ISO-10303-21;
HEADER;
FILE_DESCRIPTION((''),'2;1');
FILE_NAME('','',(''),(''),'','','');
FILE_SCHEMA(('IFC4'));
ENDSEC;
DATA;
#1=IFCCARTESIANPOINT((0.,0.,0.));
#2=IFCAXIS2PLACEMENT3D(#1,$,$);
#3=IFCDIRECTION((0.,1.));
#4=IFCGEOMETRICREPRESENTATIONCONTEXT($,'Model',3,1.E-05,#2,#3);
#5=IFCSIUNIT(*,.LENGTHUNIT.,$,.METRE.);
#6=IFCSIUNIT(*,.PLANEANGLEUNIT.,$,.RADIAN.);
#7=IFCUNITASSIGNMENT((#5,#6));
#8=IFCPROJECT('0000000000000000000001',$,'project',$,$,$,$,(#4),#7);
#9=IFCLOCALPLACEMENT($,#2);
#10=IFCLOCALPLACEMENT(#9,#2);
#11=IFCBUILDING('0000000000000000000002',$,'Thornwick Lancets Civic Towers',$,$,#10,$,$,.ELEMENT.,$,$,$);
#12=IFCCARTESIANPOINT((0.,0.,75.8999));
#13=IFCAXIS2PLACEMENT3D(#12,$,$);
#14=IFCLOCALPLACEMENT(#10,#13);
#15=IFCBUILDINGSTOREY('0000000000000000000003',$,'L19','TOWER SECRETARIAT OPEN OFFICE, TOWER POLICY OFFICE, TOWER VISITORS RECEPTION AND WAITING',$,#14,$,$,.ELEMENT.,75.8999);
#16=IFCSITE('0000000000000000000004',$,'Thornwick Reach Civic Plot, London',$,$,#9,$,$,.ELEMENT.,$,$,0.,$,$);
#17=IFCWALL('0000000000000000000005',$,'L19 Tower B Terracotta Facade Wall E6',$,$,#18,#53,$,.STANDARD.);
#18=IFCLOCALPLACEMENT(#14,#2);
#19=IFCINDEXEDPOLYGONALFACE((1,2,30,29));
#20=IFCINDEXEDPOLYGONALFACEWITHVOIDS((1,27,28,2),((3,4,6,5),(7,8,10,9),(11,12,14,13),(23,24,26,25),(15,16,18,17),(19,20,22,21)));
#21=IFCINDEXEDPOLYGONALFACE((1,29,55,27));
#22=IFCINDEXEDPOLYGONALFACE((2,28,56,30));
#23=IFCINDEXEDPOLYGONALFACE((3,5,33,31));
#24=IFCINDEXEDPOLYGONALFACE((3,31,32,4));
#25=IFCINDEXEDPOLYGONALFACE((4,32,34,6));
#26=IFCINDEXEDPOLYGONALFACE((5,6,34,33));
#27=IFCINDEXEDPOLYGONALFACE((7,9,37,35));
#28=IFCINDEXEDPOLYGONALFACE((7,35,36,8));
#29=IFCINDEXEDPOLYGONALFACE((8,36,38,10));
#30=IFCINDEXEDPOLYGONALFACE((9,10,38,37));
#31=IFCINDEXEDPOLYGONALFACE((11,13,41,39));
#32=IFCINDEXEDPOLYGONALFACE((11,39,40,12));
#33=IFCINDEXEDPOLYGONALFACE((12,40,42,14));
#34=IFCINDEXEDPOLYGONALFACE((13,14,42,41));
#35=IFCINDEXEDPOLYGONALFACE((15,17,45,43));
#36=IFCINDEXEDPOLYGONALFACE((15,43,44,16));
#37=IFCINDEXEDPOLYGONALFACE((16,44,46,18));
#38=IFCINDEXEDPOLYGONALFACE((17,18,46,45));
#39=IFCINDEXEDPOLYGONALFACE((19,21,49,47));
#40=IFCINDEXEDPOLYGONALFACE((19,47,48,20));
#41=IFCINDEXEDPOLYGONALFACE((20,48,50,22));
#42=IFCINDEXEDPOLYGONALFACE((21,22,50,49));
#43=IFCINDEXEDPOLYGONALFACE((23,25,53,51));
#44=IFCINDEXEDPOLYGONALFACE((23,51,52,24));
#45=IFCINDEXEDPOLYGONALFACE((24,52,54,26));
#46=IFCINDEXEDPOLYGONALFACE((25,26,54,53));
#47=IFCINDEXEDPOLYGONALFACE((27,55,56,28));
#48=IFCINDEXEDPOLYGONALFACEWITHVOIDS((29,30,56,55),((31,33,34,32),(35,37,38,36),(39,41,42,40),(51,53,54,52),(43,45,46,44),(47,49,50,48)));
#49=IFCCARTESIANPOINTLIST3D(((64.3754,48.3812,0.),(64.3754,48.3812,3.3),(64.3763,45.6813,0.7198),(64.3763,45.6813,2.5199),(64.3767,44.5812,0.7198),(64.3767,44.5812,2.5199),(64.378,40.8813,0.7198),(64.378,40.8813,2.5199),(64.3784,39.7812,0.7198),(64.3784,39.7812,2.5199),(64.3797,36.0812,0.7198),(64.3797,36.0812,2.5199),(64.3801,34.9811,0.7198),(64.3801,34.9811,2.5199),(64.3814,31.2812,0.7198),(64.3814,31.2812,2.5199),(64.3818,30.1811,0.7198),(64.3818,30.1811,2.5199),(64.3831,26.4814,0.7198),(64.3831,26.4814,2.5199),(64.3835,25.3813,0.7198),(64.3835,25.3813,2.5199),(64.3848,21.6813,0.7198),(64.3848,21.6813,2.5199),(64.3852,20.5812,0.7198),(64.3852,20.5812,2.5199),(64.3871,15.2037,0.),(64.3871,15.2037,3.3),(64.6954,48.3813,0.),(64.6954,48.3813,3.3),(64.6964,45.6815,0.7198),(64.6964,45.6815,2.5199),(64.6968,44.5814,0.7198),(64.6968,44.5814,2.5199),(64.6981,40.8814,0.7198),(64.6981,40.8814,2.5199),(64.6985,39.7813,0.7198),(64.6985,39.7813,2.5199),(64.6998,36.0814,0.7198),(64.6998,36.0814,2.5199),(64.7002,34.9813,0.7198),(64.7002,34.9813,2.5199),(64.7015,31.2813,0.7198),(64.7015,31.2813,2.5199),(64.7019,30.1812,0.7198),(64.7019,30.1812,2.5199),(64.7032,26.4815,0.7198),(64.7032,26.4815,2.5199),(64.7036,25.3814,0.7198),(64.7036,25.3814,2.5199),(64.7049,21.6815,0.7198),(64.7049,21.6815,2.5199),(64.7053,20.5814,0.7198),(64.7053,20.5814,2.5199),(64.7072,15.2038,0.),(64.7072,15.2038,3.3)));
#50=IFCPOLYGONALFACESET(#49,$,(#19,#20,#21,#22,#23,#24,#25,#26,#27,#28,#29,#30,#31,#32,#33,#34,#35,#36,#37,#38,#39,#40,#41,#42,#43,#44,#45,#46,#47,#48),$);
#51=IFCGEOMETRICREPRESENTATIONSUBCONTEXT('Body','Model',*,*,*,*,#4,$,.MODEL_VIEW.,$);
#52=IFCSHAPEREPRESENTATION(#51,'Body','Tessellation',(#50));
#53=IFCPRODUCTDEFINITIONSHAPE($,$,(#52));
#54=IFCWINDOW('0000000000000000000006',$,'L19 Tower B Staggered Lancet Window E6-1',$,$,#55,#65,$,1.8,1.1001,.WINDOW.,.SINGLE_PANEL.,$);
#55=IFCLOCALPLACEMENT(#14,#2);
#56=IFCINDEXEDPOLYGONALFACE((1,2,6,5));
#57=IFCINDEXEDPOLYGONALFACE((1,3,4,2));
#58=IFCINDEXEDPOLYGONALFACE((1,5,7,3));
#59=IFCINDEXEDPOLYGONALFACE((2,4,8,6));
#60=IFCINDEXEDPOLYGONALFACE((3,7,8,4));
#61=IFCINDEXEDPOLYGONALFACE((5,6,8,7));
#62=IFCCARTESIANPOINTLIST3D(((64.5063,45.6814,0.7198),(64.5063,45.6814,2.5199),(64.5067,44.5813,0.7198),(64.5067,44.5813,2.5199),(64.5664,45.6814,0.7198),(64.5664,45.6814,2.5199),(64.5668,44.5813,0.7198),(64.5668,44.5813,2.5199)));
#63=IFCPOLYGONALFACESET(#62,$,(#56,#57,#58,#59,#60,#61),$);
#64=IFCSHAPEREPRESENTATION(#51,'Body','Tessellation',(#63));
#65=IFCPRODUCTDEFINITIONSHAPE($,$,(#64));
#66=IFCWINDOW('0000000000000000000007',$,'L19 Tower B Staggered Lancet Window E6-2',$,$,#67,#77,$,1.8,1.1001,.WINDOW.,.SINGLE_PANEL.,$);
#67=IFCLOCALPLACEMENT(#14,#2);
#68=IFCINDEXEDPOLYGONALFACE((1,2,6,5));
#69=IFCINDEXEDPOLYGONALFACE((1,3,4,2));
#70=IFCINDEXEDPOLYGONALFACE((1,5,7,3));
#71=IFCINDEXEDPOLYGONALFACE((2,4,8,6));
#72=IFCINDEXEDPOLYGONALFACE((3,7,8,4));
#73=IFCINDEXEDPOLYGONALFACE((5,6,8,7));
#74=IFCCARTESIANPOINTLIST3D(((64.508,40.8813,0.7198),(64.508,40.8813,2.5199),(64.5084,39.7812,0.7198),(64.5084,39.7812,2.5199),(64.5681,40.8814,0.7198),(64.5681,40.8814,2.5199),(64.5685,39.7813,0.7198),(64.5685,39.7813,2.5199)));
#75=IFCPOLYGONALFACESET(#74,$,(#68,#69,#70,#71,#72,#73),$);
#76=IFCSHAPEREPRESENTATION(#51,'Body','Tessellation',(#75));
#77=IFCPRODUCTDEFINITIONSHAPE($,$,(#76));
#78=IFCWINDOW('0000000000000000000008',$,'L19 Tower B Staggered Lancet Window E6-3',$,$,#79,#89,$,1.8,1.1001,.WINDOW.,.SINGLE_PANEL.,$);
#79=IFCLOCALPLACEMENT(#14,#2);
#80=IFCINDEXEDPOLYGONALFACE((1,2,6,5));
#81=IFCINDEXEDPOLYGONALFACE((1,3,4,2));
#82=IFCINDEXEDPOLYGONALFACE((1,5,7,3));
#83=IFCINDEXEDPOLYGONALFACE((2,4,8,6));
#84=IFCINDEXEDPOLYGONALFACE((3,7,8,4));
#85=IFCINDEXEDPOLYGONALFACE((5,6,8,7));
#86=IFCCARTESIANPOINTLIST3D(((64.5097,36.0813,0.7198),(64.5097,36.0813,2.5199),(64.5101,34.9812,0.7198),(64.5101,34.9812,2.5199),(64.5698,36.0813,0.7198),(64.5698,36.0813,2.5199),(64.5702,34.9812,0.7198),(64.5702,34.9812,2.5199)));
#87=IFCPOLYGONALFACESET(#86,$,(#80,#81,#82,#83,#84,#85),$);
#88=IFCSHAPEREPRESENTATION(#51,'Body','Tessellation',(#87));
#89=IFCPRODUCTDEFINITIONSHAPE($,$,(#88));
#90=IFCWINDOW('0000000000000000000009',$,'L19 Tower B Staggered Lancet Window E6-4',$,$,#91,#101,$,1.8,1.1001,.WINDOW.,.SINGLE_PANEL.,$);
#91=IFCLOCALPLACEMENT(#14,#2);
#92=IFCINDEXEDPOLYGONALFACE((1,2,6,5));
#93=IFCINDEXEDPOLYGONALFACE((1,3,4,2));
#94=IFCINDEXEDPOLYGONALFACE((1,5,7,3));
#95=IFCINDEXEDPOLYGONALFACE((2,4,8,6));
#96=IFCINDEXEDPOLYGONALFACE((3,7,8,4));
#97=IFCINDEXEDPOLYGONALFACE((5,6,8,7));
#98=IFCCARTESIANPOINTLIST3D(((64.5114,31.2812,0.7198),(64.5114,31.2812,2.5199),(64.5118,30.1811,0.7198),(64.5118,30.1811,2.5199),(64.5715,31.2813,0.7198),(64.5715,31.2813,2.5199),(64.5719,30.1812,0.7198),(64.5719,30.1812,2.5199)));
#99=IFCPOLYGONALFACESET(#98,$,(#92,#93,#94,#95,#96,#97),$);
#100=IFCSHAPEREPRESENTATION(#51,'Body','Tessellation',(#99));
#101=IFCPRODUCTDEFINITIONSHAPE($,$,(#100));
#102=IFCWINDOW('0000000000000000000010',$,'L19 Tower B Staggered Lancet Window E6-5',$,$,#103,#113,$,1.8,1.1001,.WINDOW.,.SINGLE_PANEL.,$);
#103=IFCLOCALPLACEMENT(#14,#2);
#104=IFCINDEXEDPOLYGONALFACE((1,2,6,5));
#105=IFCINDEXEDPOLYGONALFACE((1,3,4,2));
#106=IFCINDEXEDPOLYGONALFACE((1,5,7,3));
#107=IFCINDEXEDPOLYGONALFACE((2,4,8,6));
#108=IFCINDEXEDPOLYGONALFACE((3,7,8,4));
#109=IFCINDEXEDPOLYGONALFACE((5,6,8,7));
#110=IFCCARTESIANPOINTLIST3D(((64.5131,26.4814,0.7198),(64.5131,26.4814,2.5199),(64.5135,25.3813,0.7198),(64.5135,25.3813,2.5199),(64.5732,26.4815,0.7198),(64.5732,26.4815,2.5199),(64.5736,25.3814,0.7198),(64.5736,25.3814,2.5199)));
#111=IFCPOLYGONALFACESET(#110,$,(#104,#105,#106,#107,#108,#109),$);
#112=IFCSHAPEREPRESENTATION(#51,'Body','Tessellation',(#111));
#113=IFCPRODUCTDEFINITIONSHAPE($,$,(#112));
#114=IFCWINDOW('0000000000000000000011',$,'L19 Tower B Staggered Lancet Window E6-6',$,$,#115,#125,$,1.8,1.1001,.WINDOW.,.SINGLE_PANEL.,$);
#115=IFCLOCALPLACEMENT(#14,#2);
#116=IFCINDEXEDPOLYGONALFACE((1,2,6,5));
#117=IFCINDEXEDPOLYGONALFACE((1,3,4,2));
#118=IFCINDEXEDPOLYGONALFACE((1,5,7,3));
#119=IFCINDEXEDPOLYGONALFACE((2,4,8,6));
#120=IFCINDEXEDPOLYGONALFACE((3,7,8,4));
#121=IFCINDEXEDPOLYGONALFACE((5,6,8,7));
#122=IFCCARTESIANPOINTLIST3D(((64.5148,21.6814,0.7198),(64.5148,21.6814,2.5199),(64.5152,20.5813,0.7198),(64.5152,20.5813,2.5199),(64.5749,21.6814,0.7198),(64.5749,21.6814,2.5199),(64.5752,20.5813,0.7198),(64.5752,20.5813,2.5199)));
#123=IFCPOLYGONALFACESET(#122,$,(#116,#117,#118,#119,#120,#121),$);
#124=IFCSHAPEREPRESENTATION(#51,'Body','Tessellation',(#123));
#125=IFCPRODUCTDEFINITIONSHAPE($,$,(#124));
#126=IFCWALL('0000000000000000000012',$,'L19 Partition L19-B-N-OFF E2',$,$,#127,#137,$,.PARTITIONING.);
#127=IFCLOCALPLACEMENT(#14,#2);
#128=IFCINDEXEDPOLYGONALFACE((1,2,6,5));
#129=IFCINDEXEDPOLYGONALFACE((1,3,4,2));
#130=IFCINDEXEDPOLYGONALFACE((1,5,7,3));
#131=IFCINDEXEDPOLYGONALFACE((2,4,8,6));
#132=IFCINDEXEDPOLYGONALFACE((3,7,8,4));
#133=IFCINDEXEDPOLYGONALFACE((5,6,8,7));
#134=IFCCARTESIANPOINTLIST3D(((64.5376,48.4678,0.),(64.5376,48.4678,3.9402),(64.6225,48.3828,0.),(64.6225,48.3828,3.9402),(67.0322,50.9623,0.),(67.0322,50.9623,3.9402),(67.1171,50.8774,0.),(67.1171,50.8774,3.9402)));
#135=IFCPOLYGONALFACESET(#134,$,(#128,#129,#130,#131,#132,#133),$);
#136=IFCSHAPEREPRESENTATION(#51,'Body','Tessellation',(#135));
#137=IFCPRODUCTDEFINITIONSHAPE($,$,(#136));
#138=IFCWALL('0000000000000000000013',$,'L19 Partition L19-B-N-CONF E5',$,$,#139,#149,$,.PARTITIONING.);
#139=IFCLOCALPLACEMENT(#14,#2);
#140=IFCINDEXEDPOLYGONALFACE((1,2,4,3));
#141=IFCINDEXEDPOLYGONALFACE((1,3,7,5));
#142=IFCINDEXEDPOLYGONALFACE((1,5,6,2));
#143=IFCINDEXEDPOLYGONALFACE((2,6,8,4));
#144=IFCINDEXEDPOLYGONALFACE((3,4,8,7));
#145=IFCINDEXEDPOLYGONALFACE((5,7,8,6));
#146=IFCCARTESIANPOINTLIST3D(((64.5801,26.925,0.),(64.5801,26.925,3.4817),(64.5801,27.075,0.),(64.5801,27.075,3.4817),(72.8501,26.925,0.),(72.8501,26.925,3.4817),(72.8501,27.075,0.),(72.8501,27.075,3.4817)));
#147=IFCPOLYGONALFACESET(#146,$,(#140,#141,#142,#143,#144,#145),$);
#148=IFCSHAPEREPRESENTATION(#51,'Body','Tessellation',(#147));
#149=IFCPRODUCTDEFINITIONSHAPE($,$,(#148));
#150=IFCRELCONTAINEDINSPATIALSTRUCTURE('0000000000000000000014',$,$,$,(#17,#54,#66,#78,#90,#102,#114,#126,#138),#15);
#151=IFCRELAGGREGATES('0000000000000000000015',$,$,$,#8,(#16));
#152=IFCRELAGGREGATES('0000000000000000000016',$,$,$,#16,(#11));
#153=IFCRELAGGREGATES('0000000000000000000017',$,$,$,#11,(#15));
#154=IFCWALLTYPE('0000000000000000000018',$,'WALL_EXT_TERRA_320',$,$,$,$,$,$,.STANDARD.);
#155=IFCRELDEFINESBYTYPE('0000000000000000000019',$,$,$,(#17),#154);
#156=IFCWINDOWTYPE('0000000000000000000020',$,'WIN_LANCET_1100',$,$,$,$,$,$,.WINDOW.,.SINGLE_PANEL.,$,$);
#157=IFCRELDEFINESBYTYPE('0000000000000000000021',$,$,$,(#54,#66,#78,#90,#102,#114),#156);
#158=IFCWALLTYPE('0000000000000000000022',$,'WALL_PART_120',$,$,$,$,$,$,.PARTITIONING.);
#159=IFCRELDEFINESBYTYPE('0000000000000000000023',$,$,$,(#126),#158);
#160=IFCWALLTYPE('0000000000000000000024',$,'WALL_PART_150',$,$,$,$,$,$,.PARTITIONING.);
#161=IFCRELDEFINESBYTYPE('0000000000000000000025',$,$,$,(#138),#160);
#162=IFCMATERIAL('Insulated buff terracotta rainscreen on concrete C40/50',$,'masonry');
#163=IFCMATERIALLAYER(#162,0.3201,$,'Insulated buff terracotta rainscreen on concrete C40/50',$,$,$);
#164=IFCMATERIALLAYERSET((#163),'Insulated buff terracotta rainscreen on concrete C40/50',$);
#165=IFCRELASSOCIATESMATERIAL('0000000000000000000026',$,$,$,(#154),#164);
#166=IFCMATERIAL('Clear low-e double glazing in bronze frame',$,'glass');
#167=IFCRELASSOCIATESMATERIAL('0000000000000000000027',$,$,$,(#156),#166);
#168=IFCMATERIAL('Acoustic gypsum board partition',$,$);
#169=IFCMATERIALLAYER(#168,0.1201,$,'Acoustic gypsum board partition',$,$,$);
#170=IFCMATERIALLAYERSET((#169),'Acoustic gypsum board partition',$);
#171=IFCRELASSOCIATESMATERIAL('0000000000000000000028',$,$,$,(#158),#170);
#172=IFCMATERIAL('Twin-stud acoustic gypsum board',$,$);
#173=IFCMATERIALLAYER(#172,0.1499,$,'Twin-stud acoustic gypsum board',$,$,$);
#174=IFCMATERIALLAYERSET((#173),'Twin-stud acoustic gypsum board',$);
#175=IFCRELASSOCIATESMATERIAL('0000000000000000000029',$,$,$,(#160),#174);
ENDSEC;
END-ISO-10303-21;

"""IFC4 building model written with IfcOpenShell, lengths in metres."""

from ifc_helpers import new_model, si_unit, direction, frame, frame_2d, origin, place, context, subcontext, project, spatial, rectangle, extrude, material, layer, layer_set, type_object, element, fill, save


model = new_model("IFC4")

# Units and contexts
model_context = context("Model", 3, precision=1e-05, world=origin(), true_north=direction((0.0, 1.0)))
body_context = subcontext(model_context, "Body", "Model", "MODEL_VIEW")
ifc_project = project(units=[si_unit("LENGTHUNIT", "METRE"), si_unit("PLANEANGLEUNIT", "RADIAN")], contexts=[model_context])

# Site, building, storey
site_placement = place(None, origin())
site = spatial("IfcSite", under=ifc_project, at=site_placement, Name="Thornwick Reach Civic Plot, London", CompositionType="ELEMENT", RefElevation=0.0)
building_placement = place(site_placement, origin())
building = spatial("IfcBuilding", under=site, at=building_placement, Name="Thornwick Lancets Civic Towers", CompositionType="ELEMENT")
storey_placement = place(building_placement, frame((0.0, 0.0, 75.8999)))
storey = spatial("IfcBuildingStorey", under=building, at=storey_placement, Name="L19", Description="TOWER SECRETARIAT OPEN OFFICE, TOWER POLICY OFFICE, TOWER VISITORS RECEPTION AND WAITING", CompositionType="ELEMENT", Elevation=75.8999)

# Wall, openings, windows
ifc_material_1 = material(Name="Insulated buff terracotta rainscreen on concrete C40/50", Category="masonry")
ifc_layer_1 = layer(ifc_material_1, 0.3201, Name="Insulated buff terracotta rainscreen on concrete C40/50")
ifc_layer_set_1 = layer_set([ifc_layer_1], Name="Insulated buff terracotta rainscreen on concrete C40/50")
wall_type_1 = type_object("IfcWallType", Name="WALL_EXT_TERRA_320", PredefinedType="STANDARD", material=ifc_layer_set_1)
wall_1_placement = place(storey_placement, frame((64.5354, 48.3813, 0.0), z_axis=(0.0, 0.0, 1.0), x_axis=(0.000353, -1.0, 0.0)))
wall_1 = element("IfcWall", 1, at=wall_1_placement, inside=storey, type_object=wall_type_1, Name="L19 Tower B Terracotta Facade Wall E6", PredefinedType="STANDARD", context=body_context, shape_type="SweptSolid", body=[
    extrude(rectangle(XDim=33.1775, YDim=0.3201, at=frame_2d((16.5889, 0.0))), origin(), (0.0, 0.0, 1.0), 3.3),
])
opening_1_placement = place(wall_1_placement, frame((2.7, 0.0, 0.72)))
opening_1 = element("IfcOpeningElement", 2, at=opening_1_placement, cuts=wall_1, PredefinedType="OPENING", context=body_context, shape_type="SweptSolid", body=[
    extrude(rectangle(XDim=1.1001, YDim=1.8, at=frame_2d((0.55, 0.8999))), frame((0.0, 0.1699, 0.0), z_axis=(0.0, -1.0, 0.0), x_axis=(1.0, 0.0, 0.0)), (0.0, 0.0, 1.0), 0.3401),
])
opening_2_placement = place(wall_1_placement, frame((7.5, 0.0, 0.72)))
opening_2 = element("IfcOpeningElement", 3, at=opening_2_placement, cuts=wall_1, PredefinedType="OPENING", context=body_context, shape_type="SweptSolid", body=[
    extrude(rectangle(XDim=1.1001, YDim=1.8, at=frame_2d((0.55, 0.8999))), frame((0.0, 0.1699, 0.0), z_axis=(0.0, -1.0, 0.0), x_axis=(1.0, 0.0, 0.0)), (0.0, 0.0, 1.0), 0.3401),
])
opening_3_placement = place(wall_1_placement, frame((12.3, 0.0, 0.72)))
opening_3 = element("IfcOpeningElement", 4, at=opening_3_placement, cuts=wall_1, PredefinedType="OPENING", context=body_context, shape_type="SweptSolid", body=[
    extrude(rectangle(XDim=1.1001, YDim=1.8, at=frame_2d((0.55, 0.8999))), frame((0.0, 0.1699, 0.0), z_axis=(0.0, -1.0, 0.0), x_axis=(1.0, 0.0, 0.0)), (0.0, 0.0, 1.0), 0.3401),
])
opening_4_placement = place(wall_1_placement, frame((17.1001, 0.0, 0.72)))
opening_4 = element("IfcOpeningElement", 5, at=opening_4_placement, cuts=wall_1, PredefinedType="OPENING", context=body_context, shape_type="SweptSolid", body=[
    extrude(rectangle(XDim=1.1001, YDim=1.8, at=frame_2d((0.55, 0.8999))), frame((0.0, 0.1699, 0.0), z_axis=(0.0, -1.0, 0.0), x_axis=(1.0, 0.0, 0.0)), (0.0, 0.0, 1.0), 0.3401),
])
opening_5_placement = place(wall_1_placement, frame((21.8999, 0.0, 0.72)))
opening_5 = element("IfcOpeningElement", 6, at=opening_5_placement, cuts=wall_1, PredefinedType="OPENING", context=body_context, shape_type="SweptSolid", body=[
    extrude(rectangle(XDim=1.1001, YDim=1.8, at=frame_2d((0.55, 0.8999))), frame((0.0, 0.1699, 0.0), z_axis=(0.0, -1.0, 0.0), x_axis=(1.0, 0.0, 0.0)), (0.0, 0.0, 1.0), 0.3401),
])
opening_6_placement = place(wall_1_placement, frame((26.7, 0.0, 0.72)))
opening_6 = element("IfcOpeningElement", 7, at=opening_6_placement, cuts=wall_1, PredefinedType="OPENING", context=body_context, shape_type="SweptSolid", body=[
    extrude(rectangle(XDim=1.1001, YDim=1.8, at=frame_2d((0.55, 0.8999))), frame((0.0, 0.1699, 0.0), z_axis=(0.0, -1.0, 0.0), x_axis=(1.0, 0.0, 0.0)), (0.0, 0.0, 1.0), 0.3401),
])
ifc_material_2 = material(Name="Clear low-e double glazing in bronze frame", Category="glass")
window_type = type_object("IfcWindowType", Name="WIN_LANCET_1100", PartitioningType="SINGLE_PANEL", PredefinedType="WINDOW", material=ifc_material_2)
window_1_placement = place(opening_1_placement, origin())
window_1 = element("IfcWindow", 8, at=window_1_placement, inside=storey, type_object=window_type, Name="L19 Tower B Staggered Lancet Window E6-1", OverallHeight=1.8, OverallWidth=1.1001, PartitioningType="SINGLE_PANEL", PredefinedType="WINDOW", context=body_context, shape_type="SweptSolid", body=[
    extrude(rectangle(XDim=1.1001, YDim=1.8, at=frame_2d((0.55, 0.8999))), frame((0.0, 0.03, 0.0), z_axis=(0.0, -1.0, 0.0), x_axis=(1.0, 0.0, 0.0)), (0.0, 0.0, 1.0), 0.0601),
])
fill(opening_1, window_1)
window_2_placement = place(opening_2_placement, origin())
window_2 = element("IfcWindow", 9, at=window_2_placement, inside=storey, type_object=window_type, Name="L19 Tower B Staggered Lancet Window E6-2", OverallHeight=1.8, OverallWidth=1.1001, PartitioningType="SINGLE_PANEL", PredefinedType="WINDOW", context=body_context, shape_type="SweptSolid", body=[
    extrude(rectangle(XDim=1.1001, YDim=1.8, at=frame_2d((0.55, 0.8999))), frame((0.0, 0.03, 0.0), z_axis=(0.0, -1.0, 0.0), x_axis=(1.0, 0.0, 0.0)), (0.0, 0.0, 1.0), 0.0601),
])
fill(opening_2, window_2)
window_3_placement = place(opening_3_placement, origin())
window_3 = element("IfcWindow", 10, at=window_3_placement, inside=storey, type_object=window_type, Name="L19 Tower B Staggered Lancet Window E6-3", OverallHeight=1.8, OverallWidth=1.1001, PartitioningType="SINGLE_PANEL", PredefinedType="WINDOW", context=body_context, shape_type="SweptSolid", body=[
    extrude(rectangle(XDim=1.1001, YDim=1.8, at=frame_2d((0.55, 0.8999))), frame((0.0, 0.03, 0.0), z_axis=(0.0, -1.0, 0.0), x_axis=(1.0, 0.0, 0.0)), (0.0, 0.0, 1.0), 0.0601),
])
fill(opening_3, window_3)
window_4_placement = place(opening_4_placement, origin())
window_4 = element("IfcWindow", 11, at=window_4_placement, inside=storey, type_object=window_type, Name="L19 Tower B Staggered Lancet Window E6-4", OverallHeight=1.8, OverallWidth=1.1001, PartitioningType="SINGLE_PANEL", PredefinedType="WINDOW", context=body_context, shape_type="SweptSolid", body=[
    extrude(rectangle(XDim=1.1001, YDim=1.8, at=frame_2d((0.55, 0.8999))), frame((0.0, 0.03, 0.0), z_axis=(0.0, -1.0, 0.0), x_axis=(1.0, 0.0, 0.0)), (0.0, 0.0, 1.0), 0.0601),
])
fill(opening_4, window_4)
window_5_placement = place(opening_5_placement, origin())
window_5 = element("IfcWindow", 12, at=window_5_placement, inside=storey, type_object=window_type, Name="L19 Tower B Staggered Lancet Window E6-5", OverallHeight=1.8, OverallWidth=1.1001, PartitioningType="SINGLE_PANEL", PredefinedType="WINDOW", context=body_context, shape_type="SweptSolid", body=[
    extrude(rectangle(XDim=1.1001, YDim=1.8, at=frame_2d((0.55, 0.8999))), frame((0.0, 0.03, 0.0), z_axis=(0.0, -1.0, 0.0), x_axis=(1.0, 0.0, 0.0)), (0.0, 0.0, 1.0), 0.0601),
])
fill(opening_5, window_5)
window_6_placement = place(opening_6_placement, origin())
window_6 = element("IfcWindow", 13, at=window_6_placement, inside=storey, type_object=window_type, Name="L19 Tower B Staggered Lancet Window E6-6", OverallHeight=1.8, OverallWidth=1.1001, PartitioningType="SINGLE_PANEL", PredefinedType="WINDOW", context=body_context, shape_type="SweptSolid", body=[
    extrude(rectangle(XDim=1.1001, YDim=1.8, at=frame_2d((0.55, 0.8999))), frame((0.0, 0.03, 0.0), z_axis=(0.0, -1.0, 0.0), x_axis=(1.0, 0.0, 0.0)), (0.0, 0.0, 1.0), 0.0601),
])
fill(opening_6, window_6)

# Walls
ifc_material_3 = material(Name="Acoustic gypsum board partition")
ifc_layer_2 = layer(ifc_material_3, 0.1201, Name="Acoustic gypsum board partition")
ifc_layer_set_2 = layer_set([ifc_layer_2], Name="Acoustic gypsum board partition")
wall_type_2 = type_object("IfcWallType", Name="WALL_PART_120", PredefinedType="PARTITIONING", material=ifc_layer_set_2)
wall_2_placement = place(storey_placement, frame((64.5801, 48.4253, 0.0), z_axis=(0.0, 0.0, 1.0), x_axis=(0.707107, 0.707107, 0.0)))
element("IfcWall", 14, at=wall_2_placement, inside=storey, type_object=wall_type_2, Name="L19 Partition L19-B-N-OFF E2", PredefinedType="PARTITIONING", context=body_context, shape_type="SweptSolid", body=[
    extrude(rectangle(XDim=3.5278, YDim=0.1201, at=frame_2d((1.7639, 0.0))), origin(), (0.0, 0.0, 1.0), 3.9402),
])
ifc_material_4 = material(Name="Twin-stud acoustic gypsum board")
ifc_layer_3 = layer(ifc_material_4, 0.1499, Name="Twin-stud acoustic gypsum board")
ifc_layer_set_3 = layer_set([ifc_layer_3], Name="Twin-stud acoustic gypsum board")
wall_type_3 = type_object("IfcWallType", Name="WALL_PART_150", PredefinedType="PARTITIONING", material=ifc_layer_set_3)
wall_3_placement = place(storey_placement, frame((64.5801, 27.0, 0.0), z_axis=(0.0, 0.0, 1.0), x_axis=(1.0, 0.0, 0.0)))
element("IfcWall", 15, at=wall_3_placement, inside=storey, type_object=wall_type_3, Name="L19 Partition L19-B-N-CONF E5", PredefinedType="PARTITIONING", context=body_context, shape_type="SweptSolid", body=[
    extrude(rectangle(XDim=8.27, YDim=0.1499, at=frame_2d((4.135, 0.0))), origin(), (0.0, 0.0, 1.0), 3.4817),
])

save(model, "model.ifc")
